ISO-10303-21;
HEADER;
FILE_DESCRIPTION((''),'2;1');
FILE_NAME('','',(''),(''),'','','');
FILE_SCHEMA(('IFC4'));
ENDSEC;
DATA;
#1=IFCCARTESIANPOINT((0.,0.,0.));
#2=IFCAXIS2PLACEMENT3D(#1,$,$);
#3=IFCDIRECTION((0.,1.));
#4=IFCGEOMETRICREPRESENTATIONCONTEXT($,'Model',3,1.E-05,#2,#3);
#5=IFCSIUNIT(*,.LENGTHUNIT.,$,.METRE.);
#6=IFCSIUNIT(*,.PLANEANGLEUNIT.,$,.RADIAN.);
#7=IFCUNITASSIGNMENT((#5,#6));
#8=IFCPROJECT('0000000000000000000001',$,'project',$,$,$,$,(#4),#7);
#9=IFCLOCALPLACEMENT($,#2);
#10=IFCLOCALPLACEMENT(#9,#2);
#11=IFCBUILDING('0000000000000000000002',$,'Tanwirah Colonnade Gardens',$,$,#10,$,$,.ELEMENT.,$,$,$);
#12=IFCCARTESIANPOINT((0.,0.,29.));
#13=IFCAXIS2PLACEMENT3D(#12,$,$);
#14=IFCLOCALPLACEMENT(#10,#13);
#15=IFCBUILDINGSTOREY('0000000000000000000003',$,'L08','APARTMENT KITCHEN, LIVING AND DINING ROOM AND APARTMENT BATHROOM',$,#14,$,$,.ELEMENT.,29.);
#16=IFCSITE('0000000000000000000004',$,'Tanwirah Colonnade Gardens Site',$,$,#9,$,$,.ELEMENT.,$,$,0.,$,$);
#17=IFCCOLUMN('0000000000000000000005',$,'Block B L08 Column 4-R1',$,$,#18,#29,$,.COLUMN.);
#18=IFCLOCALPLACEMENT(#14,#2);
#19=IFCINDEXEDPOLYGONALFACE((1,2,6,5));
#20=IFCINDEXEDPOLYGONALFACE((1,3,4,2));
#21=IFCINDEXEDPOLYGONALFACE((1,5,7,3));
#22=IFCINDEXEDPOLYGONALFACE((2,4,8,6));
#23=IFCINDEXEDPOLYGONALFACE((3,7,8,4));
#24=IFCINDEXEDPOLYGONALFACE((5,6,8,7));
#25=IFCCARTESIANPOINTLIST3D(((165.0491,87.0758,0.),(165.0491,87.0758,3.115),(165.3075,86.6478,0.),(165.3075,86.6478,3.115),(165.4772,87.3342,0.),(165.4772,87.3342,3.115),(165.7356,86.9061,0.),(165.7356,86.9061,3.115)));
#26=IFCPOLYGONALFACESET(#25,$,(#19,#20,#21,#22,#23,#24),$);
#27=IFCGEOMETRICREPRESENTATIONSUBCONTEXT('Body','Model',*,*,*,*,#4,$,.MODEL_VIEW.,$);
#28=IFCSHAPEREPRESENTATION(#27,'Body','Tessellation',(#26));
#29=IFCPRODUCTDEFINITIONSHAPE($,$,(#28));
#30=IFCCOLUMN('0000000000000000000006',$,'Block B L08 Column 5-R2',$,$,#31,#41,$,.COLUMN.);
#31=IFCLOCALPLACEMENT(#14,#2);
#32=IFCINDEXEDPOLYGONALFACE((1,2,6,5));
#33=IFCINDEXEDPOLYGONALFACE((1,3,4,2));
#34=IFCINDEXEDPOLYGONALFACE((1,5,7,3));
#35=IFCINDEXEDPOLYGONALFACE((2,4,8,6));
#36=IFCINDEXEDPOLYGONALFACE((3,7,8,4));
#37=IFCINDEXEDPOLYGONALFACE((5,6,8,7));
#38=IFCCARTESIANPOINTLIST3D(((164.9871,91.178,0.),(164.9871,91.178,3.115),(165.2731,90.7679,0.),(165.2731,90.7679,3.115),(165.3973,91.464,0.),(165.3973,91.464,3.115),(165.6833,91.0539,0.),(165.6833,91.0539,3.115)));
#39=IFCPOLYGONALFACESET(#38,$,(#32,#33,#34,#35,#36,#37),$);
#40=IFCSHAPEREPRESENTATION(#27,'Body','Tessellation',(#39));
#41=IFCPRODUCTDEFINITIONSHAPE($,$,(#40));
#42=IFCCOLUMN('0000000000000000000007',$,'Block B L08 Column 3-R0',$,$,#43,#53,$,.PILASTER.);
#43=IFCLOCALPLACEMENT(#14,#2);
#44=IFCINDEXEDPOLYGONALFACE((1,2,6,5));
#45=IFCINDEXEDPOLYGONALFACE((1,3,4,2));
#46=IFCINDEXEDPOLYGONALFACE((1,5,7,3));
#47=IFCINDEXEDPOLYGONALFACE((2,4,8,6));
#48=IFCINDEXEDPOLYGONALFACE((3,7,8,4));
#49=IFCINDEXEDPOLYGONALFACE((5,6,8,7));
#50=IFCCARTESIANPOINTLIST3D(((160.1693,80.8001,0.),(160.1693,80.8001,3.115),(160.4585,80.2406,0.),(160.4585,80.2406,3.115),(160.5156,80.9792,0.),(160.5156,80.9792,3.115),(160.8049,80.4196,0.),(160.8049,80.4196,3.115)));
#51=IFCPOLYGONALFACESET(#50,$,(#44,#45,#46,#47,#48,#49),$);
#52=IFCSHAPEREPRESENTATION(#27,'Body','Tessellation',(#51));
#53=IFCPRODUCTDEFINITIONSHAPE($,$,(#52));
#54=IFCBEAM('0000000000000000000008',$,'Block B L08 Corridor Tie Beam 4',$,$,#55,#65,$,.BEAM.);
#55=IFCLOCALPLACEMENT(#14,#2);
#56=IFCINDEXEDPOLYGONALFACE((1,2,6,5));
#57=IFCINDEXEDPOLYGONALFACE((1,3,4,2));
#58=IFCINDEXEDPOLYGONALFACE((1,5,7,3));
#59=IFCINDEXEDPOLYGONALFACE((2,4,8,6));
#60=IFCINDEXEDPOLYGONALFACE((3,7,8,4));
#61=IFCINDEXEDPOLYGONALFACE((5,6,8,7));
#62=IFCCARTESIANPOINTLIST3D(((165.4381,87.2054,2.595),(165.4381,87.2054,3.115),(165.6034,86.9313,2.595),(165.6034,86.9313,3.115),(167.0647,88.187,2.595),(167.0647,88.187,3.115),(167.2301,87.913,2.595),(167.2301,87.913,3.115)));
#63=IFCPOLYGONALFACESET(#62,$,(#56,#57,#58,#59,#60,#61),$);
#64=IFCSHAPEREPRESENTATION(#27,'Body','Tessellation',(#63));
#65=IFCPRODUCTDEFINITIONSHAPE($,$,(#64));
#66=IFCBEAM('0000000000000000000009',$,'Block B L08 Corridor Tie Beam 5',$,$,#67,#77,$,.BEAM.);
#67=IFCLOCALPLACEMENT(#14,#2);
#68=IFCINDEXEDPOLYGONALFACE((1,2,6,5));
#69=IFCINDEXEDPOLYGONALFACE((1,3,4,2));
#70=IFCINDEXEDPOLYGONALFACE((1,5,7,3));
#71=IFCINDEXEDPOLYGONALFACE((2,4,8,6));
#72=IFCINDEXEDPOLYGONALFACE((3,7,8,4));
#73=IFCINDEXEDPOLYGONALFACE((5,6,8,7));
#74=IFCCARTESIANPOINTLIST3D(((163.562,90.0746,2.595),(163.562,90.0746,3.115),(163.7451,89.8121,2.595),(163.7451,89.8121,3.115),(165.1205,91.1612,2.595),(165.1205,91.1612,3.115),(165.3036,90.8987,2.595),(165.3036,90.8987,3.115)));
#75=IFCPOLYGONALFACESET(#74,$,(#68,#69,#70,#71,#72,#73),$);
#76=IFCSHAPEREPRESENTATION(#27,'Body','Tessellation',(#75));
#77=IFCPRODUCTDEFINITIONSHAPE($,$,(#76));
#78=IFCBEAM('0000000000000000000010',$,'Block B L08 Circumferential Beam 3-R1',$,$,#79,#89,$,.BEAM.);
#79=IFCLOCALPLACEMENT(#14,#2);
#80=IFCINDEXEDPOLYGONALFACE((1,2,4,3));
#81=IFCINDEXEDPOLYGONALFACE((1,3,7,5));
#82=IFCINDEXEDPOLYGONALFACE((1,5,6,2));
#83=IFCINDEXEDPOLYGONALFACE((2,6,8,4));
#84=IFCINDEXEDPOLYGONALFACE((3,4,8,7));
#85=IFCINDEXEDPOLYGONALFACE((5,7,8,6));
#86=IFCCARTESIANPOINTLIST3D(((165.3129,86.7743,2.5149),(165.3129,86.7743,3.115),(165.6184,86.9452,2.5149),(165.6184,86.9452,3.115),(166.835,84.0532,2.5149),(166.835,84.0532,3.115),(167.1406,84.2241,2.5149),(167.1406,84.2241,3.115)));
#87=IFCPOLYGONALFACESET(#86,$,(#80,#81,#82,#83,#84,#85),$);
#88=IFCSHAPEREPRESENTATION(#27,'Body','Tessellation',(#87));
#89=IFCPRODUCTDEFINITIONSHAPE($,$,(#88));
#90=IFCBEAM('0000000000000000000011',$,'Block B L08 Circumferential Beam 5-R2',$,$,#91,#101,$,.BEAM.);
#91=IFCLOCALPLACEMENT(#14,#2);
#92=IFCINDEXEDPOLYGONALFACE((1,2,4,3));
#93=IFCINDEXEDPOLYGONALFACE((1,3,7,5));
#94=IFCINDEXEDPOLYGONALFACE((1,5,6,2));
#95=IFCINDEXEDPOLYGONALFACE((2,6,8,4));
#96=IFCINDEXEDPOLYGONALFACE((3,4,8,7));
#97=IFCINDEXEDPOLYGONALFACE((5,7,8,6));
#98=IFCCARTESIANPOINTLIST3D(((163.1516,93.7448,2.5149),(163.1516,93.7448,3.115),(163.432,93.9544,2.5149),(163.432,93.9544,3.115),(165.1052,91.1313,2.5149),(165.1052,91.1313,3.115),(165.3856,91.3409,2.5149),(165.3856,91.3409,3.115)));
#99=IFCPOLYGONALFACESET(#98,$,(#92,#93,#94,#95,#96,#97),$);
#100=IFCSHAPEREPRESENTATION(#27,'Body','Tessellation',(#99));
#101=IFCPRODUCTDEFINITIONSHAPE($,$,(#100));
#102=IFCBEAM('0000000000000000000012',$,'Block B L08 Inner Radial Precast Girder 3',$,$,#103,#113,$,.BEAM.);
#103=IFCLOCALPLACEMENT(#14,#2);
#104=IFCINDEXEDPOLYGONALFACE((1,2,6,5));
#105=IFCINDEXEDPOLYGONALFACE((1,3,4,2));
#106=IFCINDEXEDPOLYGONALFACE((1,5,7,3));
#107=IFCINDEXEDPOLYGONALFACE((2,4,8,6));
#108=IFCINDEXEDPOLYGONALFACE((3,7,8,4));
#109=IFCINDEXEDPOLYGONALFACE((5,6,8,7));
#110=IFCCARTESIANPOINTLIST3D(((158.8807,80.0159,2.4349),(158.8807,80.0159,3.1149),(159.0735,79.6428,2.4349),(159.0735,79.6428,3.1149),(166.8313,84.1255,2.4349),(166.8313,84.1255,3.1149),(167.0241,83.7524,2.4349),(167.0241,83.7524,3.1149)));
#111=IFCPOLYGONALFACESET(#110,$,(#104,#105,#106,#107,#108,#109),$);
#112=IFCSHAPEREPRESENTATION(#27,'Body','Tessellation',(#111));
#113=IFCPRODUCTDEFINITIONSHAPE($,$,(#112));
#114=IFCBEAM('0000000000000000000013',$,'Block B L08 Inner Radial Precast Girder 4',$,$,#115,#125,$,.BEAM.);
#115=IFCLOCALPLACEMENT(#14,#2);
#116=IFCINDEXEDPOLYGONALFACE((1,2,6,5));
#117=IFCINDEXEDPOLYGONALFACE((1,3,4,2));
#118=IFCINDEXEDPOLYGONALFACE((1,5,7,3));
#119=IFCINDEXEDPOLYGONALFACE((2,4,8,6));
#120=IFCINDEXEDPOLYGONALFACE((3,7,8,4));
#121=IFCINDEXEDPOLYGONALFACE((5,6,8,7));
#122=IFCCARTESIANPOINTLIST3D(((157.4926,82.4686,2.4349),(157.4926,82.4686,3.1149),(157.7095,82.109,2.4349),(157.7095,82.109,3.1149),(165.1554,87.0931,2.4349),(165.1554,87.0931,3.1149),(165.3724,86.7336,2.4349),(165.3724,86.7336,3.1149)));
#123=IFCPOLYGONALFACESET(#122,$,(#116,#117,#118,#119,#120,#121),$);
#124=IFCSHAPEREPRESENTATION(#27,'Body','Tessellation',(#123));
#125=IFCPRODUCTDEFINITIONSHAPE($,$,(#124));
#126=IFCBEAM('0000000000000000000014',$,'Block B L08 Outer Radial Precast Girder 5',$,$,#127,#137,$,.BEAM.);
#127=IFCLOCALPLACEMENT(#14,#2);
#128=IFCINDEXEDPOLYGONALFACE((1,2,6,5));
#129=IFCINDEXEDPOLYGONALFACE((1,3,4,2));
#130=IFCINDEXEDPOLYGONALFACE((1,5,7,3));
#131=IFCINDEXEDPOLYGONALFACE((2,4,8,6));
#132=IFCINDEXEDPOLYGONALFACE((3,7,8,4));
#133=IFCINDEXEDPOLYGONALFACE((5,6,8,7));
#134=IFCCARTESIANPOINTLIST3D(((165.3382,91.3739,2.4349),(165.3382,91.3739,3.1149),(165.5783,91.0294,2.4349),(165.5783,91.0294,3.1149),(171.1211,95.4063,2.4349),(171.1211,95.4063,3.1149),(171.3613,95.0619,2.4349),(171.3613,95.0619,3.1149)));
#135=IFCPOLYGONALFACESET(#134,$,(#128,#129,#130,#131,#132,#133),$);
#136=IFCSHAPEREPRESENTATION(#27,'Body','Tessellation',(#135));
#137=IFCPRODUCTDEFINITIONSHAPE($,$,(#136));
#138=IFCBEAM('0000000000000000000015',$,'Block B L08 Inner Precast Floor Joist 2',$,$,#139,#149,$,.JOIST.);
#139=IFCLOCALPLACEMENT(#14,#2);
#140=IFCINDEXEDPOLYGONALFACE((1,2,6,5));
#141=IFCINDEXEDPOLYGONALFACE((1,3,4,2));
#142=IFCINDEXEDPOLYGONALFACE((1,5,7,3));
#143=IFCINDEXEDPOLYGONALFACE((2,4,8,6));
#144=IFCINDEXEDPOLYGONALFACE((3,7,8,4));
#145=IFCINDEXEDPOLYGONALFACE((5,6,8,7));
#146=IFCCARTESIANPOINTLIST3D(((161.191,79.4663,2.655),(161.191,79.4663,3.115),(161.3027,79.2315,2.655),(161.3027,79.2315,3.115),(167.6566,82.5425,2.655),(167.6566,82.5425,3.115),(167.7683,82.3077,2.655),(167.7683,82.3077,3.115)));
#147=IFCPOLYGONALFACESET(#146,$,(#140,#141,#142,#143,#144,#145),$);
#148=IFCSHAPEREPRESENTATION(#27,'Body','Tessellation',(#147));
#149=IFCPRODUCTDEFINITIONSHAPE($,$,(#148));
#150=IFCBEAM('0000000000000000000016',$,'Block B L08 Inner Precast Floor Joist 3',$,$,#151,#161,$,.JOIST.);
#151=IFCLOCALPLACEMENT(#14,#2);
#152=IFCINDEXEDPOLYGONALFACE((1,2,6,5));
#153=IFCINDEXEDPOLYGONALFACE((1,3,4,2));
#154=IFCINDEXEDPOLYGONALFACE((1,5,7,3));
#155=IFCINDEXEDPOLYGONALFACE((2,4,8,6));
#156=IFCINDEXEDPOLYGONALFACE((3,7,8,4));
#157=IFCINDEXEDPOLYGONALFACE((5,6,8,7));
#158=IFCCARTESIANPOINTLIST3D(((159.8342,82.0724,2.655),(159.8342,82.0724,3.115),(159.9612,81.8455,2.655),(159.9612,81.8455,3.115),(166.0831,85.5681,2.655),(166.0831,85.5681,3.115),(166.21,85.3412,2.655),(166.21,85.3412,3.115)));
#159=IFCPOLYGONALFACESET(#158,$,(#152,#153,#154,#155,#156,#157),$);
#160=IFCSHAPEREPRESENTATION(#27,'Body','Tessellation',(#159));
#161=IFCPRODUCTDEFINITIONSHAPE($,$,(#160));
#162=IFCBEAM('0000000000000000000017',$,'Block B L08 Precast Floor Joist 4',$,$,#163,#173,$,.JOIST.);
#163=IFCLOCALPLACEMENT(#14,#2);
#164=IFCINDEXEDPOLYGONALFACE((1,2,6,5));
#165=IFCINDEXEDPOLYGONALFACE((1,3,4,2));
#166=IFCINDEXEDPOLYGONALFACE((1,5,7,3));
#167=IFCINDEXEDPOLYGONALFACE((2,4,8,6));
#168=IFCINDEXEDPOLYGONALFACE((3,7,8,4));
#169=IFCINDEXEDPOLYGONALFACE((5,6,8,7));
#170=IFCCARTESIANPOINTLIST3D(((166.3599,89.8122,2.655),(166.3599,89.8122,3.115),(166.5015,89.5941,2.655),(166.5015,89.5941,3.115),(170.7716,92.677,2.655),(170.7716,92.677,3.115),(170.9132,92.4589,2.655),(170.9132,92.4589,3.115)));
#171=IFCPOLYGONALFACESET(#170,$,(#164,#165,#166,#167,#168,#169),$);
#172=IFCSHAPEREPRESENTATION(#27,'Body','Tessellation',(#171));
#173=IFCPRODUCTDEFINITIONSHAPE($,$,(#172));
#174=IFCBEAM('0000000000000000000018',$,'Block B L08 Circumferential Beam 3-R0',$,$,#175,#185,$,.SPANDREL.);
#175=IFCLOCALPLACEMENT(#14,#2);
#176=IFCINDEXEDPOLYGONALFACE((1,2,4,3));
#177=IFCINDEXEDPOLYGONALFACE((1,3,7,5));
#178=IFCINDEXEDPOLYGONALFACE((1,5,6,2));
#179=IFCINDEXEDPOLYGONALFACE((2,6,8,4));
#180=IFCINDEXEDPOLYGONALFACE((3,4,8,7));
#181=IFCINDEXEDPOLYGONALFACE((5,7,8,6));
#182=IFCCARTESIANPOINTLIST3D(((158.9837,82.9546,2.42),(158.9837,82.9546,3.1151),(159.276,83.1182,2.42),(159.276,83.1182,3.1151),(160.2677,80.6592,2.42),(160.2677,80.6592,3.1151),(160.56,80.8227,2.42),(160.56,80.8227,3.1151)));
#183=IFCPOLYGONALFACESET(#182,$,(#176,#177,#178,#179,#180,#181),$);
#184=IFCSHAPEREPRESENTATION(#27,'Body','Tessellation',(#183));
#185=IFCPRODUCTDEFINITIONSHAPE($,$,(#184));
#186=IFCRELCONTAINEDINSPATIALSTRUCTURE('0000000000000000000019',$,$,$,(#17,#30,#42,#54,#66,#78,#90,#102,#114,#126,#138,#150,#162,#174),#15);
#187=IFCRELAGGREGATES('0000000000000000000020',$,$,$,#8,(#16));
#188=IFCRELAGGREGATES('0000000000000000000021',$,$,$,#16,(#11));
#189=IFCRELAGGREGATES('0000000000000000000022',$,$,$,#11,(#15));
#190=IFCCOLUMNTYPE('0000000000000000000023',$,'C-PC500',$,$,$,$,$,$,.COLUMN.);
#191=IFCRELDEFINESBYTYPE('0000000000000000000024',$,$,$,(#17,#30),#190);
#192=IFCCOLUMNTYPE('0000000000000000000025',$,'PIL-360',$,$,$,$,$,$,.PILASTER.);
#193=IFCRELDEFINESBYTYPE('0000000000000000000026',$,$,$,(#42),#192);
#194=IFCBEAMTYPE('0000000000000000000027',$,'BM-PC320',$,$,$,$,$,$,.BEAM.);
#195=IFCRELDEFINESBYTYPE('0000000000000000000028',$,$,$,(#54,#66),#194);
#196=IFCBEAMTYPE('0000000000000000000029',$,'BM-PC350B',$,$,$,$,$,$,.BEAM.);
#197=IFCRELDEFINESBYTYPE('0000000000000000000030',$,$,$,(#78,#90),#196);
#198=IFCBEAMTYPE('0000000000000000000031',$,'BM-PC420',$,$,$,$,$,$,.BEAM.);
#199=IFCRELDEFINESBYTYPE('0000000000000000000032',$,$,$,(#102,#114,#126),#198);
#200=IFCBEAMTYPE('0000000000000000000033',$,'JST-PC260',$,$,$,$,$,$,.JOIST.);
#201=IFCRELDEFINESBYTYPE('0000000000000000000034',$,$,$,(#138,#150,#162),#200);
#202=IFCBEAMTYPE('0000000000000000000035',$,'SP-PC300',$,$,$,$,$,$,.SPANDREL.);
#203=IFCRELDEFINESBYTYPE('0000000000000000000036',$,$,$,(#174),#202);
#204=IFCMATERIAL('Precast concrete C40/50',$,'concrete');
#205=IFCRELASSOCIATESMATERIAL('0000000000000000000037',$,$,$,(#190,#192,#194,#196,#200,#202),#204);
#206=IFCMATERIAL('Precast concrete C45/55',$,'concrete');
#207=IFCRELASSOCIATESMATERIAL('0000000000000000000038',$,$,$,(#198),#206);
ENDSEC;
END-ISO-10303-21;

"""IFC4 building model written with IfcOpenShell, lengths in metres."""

from ifc_helpers import new_model, si_unit, direction, frame, origin, origin_2d, place, context, subcontext, project, spatial, rectangle, extrude, material, material_profile, profile_set, type_object, element, save


model = new_model("IFC4")

# Units and contexts
model_context = context("Model", 3, precision=1e-05, world=origin(), true_north=direction((0.0, 1.0)))
body_context = subcontext(model_context, "Body", "Model", "MODEL_VIEW")
ifc_project = project(units=[si_unit("LENGTHUNIT", "METRE"), si_unit("PLANEANGLEUNIT", "RADIAN")], contexts=[model_context])

# Site, building, storey
site_placement = place(None, origin())
site = spatial("IfcSite", under=ifc_project, at=site_placement, Name="Tanwirah Colonnade Gardens Site", CompositionType="ELEMENT", RefElevation=0.0)
building_placement = place(site_placement, origin())
building = spatial("IfcBuilding", under=site, at=building_placement, Name="Tanwirah Colonnade Gardens", CompositionType="ELEMENT")
storey_placement = place(building_placement, frame((0.0, 0.0, 29.0)))
storey = spatial("IfcBuildingStorey", under=building, at=storey_placement, Name="L08", Description="APARTMENT KITCHEN, LIVING AND DINING ROOM AND APARTMENT BATHROOM", CompositionType="ELEMENT", Elevation=29.0)

# Columns
ifc_material_1 = material(Name="Precast concrete C40/50", Category="concrete")
ifc_material_profile_1 = material_profile(ifc_material_1, rectangle(XDim=0.5, YDim=0.5, at=origin_2d()), Name="PC-COL 500x500")
ifc_profile_set_1 = profile_set([ifc_material_profile_1], Name="Precast concrete C40/50")
column_type_1 = type_object("IfcColumnType", Name="C-PC500", PredefinedType="COLUMN", material=ifc_profile_set_1)
for number, where, z_axis, x_axis, name in (
    (1, (165.3923, 86.991, 0.0), (0.0, 0.0, 1.0), (0.856167, 0.516699, 0.0), "Block B L08 Column 4-R1"),
    (2, (165.3352, 91.116, 0.0), (0.0, 0.0, 1.0), (0.820263, 0.571987, 0.0), "Block B L08 Column 5-R2"),
):
    element("IfcColumn", number, at=place(storey_placement, frame(where, z_axis=z_axis, x_axis=x_axis)), inside=storey, type_object=column_type_1, Name=name, PredefinedType="COLUMN", context=body_context, shape_type="SweptSolid", body=[
        extrude(rectangle(XDim=0.5, YDim=0.5, at=origin_2d()), origin(), (0.0, 0.0, 1.0), 3.115),
    ])
ifc_material_profile_2 = material_profile(ifc_material_1, rectangle(XDim=0.3899, YDim=0.6299, at=origin_2d()), Name="PC-PIL 390x630")
ifc_profile_set_2 = profile_set([ifc_material_profile_2], Name="Precast concrete C40/50")
column_type_2 = type_object("IfcColumnType", Name="PIL-360", PredefinedType="PILASTER", material=ifc_profile_set_2)
column_placement = place(storey_placement, frame((160.4871, 80.6099, 0.0), z_axis=(0.0, 0.0, 1.0), x_axis=(0.88835, 0.459166, 0.0)))
element("IfcColumn", 3, at=column_placement, inside=storey, type_object=column_type_2, Name="Block B L08 Column 3-R0", PredefinedType="PILASTER", context=body_context, shape_type="SweptSolid", body=[
    extrude(rectangle(XDim=0.3899, YDim=0.6299, at=origin_2d()), origin(), (0.0, 0.0, 1.0), 3.115),
])

# Beams
ifc_material_profile_3 = material_profile(ifc_material_1, rectangle(XDim=0.3201, YDim=0.52, at=origin_2d()), Name="PC-BM 320x520")
ifc_profile_set_3 = profile_set([ifc_material_profile_3], Name="Precast concrete C40/50")
beam_type_1 = type_object("IfcBeamType", Name="BM-PC320", PredefinedType="BEAM", material=ifc_profile_set_3)
for number, where, z_axis, x_axis, name in (
    (4, (165.5208, 87.0684, 2.855), (0.856175, 0.516686, 0.0), (-0.516686, 0.856175, 0.0), "Block B L08 Corridor Tie Beam 4"),
    (5, (163.6536, 89.9434, 2.855), (0.820305, 0.571926, 0.0), (-0.571926, 0.820305, 0.0), "Block B L08 Corridor Tie Beam 5"),
):
    element("IfcBeam", number, at=place(storey_placement, frame(where, z_axis=z_axis, x_axis=x_axis)), inside=storey, type_object=beam_type_1, Name=name, PredefinedType="BEAM", context=body_context, shape_type="SweptSolid", body=[
        extrude(rectangle(XDim=0.3201, YDim=0.52, at=origin_2d()), origin(), (0.0, 0.0, 1.0), 1.8999),
    ])
ifc_material_profile_4 = material_profile(ifc_material_1, rectangle(XDim=0.3501, YDim=0.6001, at=origin_2d()), Name="PC-BM 350x600")
ifc_profile_set_4 = profile_set([ifc_material_profile_4], Name="Precast concrete C40/50")
beam_type_2 = type_object("IfcBeamType", Name="BM-PC350B", PredefinedType="BEAM", material=ifc_profile_set_4)
beam_1_placement = place(storey_placement, frame((166.9878, 84.1387, 2.8149), z_axis=(-0.4882, 0.872732, 0.0), x_axis=(-0.872732, -0.4882, 0.0)))
element("IfcBeam", 6, at=beam_1_placement, inside=storey, type_object=beam_type_2, Name="Block B L08 Circumferential Beam 3-R1", PredefinedType="BEAM", context=body_context, shape_type="SweptSolid", body=[
    extrude(rectangle(XDim=0.3501, YDim=0.6001, at=origin_2d()), origin(), (0.0, 0.0, 1.0), 3.1179),
])
beam_2_placement = place(storey_placement, frame((165.2454, 91.2361, 2.8149), z_axis=(-0.598718, 0.80096, 0.0), x_axis=(-0.80096, -0.598718, 0.0)))
element("IfcBeam", 7, at=beam_2_placement, inside=storey, type_object=beam_type_2, Name="Block B L08 Circumferential Beam 5-R2", PredefinedType="BEAM", context=body_context, shape_type="SweptSolid", body=[
    extrude(rectangle(XDim=0.3501, YDim=0.6001, at=origin_2d()), origin(), (0.0, 0.0, 1.0), 3.2629),
])
ifc_material_2 = material(Name="Precast concrete C45/55", Category="concrete")
ifc_material_profile_5 = material_profile(ifc_material_2, rectangle(XDim=0.4199, YDim=0.6799, at=origin_2d()), Name="PC-BM 420x680")
ifc_profile_set_5 = profile_set([ifc_material_profile_5], Name="Precast concrete C45/55")
beam_type_3 = type_object("IfcBeamType", Name="BM-PC420", PredefinedType="BEAM", material=ifc_profile_set_5)
beam_3_placement = place(storey_placement, frame((166.9277, 83.939, 2.7749), z_axis=(-0.888345, -0.459176, 0.0), x_axis=(0.459176, -0.888345, 0.0)))
element("IfcBeam", 8, at=beam_3_placement, inside=storey, type_object=beam_type_3, Name="Block B L08 Inner Radial Precast Girder 3", PredefinedType="BEAM", context=body_context, shape_type="SweptSolid", body=[
    extrude(rectangle(XDim=0.4199, YDim=0.6799, at=origin_2d()), origin(), (0.0, 0.0, 1.0), 8.95),
])
beam_4_placement = place(storey_placement, frame((165.2639, 86.9133, 2.7749), z_axis=(-0.856169, -0.516696, 0.0), x_axis=(0.516696, -0.856169, 0.0)))
element("IfcBeam", 9, at=beam_4_placement, inside=storey, type_object=beam_type_3, Name="Block B L08 Inner Radial Precast Girder 4", PredefinedType="BEAM", context=body_context, shape_type="SweptSolid", body=[
    extrude(rectangle(XDim=0.4199, YDim=0.6799, at=origin_2d()), origin(), (0.0, 0.0, 1.0), 8.9502),
])
beam_5_placement = place(storey_placement, frame((165.4583, 91.2017, 2.7749), z_axis=(0.82027, 0.571976, 0.0), x_axis=(-0.571976, 0.82027, 0.0)))
element("IfcBeam", 10, at=beam_5_placement, inside=storey, type_object=beam_type_3, Name="Block B L08 Outer Radial Precast Girder 5", PredefinedType="BEAM", context=body_context, shape_type="SweptSolid", body=[
    extrude(rectangle(XDim=0.4199, YDim=0.6799, at=origin_2d()), origin(), (0.0, 0.0, 1.0), 7.05),
])
ifc_material_profile_6 = material_profile(ifc_material_1, rectangle(XDim=0.26, YDim=0.46, at=origin_2d()), Name="PC-JST 260x460")
ifc_profile_set_6 = profile_set([ifc_material_profile_6], Name="Precast concrete C40/50")
beam_type_4 = type_object("IfcBeamType", Name="JST-PC260", PredefinedType="JOIST", material=ifc_profile_set_6)
for number, where, z_axis, x_axis, name in (
    (11, (161.2468, 79.3489, 2.885), (0.903005, 0.429629, 0.0), (-0.429629, 0.903005, 0.0), "Block B L08 Inner Precast Floor Joist 2"),
    (12, (159.8977, 81.959, 2.885), (0.872727, 0.488209, 0.0), (-0.488209, 0.872727, 0.0), "Block B L08 Inner Precast Floor Joist 3"),
):
    element("IfcBeam", number, at=place(storey_placement, frame(where, z_axis=z_axis, x_axis=x_axis)), inside=storey, type_object=beam_type_4, Name=name, PredefinedType="JOIST", context=body_context, shape_type="SweptSolid", body=[
        extrude(rectangle(XDim=0.26, YDim=0.46, at=origin_2d()), origin(), (0.0, 0.0, 1.0), 7.1602),
    ])
beam_6_placement = place(storey_placement, frame((166.4307, 89.7031, 2.885), z_axis=(0.838687, 0.544613, 0.0), x_axis=(-0.544613, 0.838687, 0.0)))
element("IfcBeam", 13, at=beam_6_placement, inside=storey, type_object=beam_type_4, Name="Block B L08 Precast Floor Joist 4", PredefinedType="JOIST", context=body_context, shape_type="SweptSolid", body=[
    extrude(rectangle(XDim=0.26, YDim=0.46, at=origin_2d()), origin(), (0.0, 0.0, 1.0), 5.2603),
])
ifc_material_profile_7 = material_profile(ifc_material_1, rectangle(XDim=0.335, YDim=0.6951, at=origin_2d()), Name="PC-SP 335x695")
ifc_profile_set_7 = profile_set([ifc_material_profile_7], Name="Precast concrete C40/50")
beam_type_5 = type_object("IfcBeamType", Name="SP-PC300", PredefinedType="SPANDREL", material=ifc_profile_set_7)
beam_7_placement = place(storey_placement, frame((160.4138, 80.741, 2.7676), z_axis=(-0.488171, 0.872748, 0.0), x_axis=(-0.872748, -0.488171, 0.0)))
element("IfcBeam", 14, at=beam_7_placement, inside=storey, type_object=beam_type_5, Name="Block B L08 Circumferential Beam 3-R0", PredefinedType="SPANDREL", context=body_context, shape_type="SweptSolid", body=[
    extrude(rectangle(XDim=0.335, YDim=0.6951, at=origin_2d()), origin(), (0.0, 0.0, 1.0), 2.6301),
])

save(model, "model.ifc")
